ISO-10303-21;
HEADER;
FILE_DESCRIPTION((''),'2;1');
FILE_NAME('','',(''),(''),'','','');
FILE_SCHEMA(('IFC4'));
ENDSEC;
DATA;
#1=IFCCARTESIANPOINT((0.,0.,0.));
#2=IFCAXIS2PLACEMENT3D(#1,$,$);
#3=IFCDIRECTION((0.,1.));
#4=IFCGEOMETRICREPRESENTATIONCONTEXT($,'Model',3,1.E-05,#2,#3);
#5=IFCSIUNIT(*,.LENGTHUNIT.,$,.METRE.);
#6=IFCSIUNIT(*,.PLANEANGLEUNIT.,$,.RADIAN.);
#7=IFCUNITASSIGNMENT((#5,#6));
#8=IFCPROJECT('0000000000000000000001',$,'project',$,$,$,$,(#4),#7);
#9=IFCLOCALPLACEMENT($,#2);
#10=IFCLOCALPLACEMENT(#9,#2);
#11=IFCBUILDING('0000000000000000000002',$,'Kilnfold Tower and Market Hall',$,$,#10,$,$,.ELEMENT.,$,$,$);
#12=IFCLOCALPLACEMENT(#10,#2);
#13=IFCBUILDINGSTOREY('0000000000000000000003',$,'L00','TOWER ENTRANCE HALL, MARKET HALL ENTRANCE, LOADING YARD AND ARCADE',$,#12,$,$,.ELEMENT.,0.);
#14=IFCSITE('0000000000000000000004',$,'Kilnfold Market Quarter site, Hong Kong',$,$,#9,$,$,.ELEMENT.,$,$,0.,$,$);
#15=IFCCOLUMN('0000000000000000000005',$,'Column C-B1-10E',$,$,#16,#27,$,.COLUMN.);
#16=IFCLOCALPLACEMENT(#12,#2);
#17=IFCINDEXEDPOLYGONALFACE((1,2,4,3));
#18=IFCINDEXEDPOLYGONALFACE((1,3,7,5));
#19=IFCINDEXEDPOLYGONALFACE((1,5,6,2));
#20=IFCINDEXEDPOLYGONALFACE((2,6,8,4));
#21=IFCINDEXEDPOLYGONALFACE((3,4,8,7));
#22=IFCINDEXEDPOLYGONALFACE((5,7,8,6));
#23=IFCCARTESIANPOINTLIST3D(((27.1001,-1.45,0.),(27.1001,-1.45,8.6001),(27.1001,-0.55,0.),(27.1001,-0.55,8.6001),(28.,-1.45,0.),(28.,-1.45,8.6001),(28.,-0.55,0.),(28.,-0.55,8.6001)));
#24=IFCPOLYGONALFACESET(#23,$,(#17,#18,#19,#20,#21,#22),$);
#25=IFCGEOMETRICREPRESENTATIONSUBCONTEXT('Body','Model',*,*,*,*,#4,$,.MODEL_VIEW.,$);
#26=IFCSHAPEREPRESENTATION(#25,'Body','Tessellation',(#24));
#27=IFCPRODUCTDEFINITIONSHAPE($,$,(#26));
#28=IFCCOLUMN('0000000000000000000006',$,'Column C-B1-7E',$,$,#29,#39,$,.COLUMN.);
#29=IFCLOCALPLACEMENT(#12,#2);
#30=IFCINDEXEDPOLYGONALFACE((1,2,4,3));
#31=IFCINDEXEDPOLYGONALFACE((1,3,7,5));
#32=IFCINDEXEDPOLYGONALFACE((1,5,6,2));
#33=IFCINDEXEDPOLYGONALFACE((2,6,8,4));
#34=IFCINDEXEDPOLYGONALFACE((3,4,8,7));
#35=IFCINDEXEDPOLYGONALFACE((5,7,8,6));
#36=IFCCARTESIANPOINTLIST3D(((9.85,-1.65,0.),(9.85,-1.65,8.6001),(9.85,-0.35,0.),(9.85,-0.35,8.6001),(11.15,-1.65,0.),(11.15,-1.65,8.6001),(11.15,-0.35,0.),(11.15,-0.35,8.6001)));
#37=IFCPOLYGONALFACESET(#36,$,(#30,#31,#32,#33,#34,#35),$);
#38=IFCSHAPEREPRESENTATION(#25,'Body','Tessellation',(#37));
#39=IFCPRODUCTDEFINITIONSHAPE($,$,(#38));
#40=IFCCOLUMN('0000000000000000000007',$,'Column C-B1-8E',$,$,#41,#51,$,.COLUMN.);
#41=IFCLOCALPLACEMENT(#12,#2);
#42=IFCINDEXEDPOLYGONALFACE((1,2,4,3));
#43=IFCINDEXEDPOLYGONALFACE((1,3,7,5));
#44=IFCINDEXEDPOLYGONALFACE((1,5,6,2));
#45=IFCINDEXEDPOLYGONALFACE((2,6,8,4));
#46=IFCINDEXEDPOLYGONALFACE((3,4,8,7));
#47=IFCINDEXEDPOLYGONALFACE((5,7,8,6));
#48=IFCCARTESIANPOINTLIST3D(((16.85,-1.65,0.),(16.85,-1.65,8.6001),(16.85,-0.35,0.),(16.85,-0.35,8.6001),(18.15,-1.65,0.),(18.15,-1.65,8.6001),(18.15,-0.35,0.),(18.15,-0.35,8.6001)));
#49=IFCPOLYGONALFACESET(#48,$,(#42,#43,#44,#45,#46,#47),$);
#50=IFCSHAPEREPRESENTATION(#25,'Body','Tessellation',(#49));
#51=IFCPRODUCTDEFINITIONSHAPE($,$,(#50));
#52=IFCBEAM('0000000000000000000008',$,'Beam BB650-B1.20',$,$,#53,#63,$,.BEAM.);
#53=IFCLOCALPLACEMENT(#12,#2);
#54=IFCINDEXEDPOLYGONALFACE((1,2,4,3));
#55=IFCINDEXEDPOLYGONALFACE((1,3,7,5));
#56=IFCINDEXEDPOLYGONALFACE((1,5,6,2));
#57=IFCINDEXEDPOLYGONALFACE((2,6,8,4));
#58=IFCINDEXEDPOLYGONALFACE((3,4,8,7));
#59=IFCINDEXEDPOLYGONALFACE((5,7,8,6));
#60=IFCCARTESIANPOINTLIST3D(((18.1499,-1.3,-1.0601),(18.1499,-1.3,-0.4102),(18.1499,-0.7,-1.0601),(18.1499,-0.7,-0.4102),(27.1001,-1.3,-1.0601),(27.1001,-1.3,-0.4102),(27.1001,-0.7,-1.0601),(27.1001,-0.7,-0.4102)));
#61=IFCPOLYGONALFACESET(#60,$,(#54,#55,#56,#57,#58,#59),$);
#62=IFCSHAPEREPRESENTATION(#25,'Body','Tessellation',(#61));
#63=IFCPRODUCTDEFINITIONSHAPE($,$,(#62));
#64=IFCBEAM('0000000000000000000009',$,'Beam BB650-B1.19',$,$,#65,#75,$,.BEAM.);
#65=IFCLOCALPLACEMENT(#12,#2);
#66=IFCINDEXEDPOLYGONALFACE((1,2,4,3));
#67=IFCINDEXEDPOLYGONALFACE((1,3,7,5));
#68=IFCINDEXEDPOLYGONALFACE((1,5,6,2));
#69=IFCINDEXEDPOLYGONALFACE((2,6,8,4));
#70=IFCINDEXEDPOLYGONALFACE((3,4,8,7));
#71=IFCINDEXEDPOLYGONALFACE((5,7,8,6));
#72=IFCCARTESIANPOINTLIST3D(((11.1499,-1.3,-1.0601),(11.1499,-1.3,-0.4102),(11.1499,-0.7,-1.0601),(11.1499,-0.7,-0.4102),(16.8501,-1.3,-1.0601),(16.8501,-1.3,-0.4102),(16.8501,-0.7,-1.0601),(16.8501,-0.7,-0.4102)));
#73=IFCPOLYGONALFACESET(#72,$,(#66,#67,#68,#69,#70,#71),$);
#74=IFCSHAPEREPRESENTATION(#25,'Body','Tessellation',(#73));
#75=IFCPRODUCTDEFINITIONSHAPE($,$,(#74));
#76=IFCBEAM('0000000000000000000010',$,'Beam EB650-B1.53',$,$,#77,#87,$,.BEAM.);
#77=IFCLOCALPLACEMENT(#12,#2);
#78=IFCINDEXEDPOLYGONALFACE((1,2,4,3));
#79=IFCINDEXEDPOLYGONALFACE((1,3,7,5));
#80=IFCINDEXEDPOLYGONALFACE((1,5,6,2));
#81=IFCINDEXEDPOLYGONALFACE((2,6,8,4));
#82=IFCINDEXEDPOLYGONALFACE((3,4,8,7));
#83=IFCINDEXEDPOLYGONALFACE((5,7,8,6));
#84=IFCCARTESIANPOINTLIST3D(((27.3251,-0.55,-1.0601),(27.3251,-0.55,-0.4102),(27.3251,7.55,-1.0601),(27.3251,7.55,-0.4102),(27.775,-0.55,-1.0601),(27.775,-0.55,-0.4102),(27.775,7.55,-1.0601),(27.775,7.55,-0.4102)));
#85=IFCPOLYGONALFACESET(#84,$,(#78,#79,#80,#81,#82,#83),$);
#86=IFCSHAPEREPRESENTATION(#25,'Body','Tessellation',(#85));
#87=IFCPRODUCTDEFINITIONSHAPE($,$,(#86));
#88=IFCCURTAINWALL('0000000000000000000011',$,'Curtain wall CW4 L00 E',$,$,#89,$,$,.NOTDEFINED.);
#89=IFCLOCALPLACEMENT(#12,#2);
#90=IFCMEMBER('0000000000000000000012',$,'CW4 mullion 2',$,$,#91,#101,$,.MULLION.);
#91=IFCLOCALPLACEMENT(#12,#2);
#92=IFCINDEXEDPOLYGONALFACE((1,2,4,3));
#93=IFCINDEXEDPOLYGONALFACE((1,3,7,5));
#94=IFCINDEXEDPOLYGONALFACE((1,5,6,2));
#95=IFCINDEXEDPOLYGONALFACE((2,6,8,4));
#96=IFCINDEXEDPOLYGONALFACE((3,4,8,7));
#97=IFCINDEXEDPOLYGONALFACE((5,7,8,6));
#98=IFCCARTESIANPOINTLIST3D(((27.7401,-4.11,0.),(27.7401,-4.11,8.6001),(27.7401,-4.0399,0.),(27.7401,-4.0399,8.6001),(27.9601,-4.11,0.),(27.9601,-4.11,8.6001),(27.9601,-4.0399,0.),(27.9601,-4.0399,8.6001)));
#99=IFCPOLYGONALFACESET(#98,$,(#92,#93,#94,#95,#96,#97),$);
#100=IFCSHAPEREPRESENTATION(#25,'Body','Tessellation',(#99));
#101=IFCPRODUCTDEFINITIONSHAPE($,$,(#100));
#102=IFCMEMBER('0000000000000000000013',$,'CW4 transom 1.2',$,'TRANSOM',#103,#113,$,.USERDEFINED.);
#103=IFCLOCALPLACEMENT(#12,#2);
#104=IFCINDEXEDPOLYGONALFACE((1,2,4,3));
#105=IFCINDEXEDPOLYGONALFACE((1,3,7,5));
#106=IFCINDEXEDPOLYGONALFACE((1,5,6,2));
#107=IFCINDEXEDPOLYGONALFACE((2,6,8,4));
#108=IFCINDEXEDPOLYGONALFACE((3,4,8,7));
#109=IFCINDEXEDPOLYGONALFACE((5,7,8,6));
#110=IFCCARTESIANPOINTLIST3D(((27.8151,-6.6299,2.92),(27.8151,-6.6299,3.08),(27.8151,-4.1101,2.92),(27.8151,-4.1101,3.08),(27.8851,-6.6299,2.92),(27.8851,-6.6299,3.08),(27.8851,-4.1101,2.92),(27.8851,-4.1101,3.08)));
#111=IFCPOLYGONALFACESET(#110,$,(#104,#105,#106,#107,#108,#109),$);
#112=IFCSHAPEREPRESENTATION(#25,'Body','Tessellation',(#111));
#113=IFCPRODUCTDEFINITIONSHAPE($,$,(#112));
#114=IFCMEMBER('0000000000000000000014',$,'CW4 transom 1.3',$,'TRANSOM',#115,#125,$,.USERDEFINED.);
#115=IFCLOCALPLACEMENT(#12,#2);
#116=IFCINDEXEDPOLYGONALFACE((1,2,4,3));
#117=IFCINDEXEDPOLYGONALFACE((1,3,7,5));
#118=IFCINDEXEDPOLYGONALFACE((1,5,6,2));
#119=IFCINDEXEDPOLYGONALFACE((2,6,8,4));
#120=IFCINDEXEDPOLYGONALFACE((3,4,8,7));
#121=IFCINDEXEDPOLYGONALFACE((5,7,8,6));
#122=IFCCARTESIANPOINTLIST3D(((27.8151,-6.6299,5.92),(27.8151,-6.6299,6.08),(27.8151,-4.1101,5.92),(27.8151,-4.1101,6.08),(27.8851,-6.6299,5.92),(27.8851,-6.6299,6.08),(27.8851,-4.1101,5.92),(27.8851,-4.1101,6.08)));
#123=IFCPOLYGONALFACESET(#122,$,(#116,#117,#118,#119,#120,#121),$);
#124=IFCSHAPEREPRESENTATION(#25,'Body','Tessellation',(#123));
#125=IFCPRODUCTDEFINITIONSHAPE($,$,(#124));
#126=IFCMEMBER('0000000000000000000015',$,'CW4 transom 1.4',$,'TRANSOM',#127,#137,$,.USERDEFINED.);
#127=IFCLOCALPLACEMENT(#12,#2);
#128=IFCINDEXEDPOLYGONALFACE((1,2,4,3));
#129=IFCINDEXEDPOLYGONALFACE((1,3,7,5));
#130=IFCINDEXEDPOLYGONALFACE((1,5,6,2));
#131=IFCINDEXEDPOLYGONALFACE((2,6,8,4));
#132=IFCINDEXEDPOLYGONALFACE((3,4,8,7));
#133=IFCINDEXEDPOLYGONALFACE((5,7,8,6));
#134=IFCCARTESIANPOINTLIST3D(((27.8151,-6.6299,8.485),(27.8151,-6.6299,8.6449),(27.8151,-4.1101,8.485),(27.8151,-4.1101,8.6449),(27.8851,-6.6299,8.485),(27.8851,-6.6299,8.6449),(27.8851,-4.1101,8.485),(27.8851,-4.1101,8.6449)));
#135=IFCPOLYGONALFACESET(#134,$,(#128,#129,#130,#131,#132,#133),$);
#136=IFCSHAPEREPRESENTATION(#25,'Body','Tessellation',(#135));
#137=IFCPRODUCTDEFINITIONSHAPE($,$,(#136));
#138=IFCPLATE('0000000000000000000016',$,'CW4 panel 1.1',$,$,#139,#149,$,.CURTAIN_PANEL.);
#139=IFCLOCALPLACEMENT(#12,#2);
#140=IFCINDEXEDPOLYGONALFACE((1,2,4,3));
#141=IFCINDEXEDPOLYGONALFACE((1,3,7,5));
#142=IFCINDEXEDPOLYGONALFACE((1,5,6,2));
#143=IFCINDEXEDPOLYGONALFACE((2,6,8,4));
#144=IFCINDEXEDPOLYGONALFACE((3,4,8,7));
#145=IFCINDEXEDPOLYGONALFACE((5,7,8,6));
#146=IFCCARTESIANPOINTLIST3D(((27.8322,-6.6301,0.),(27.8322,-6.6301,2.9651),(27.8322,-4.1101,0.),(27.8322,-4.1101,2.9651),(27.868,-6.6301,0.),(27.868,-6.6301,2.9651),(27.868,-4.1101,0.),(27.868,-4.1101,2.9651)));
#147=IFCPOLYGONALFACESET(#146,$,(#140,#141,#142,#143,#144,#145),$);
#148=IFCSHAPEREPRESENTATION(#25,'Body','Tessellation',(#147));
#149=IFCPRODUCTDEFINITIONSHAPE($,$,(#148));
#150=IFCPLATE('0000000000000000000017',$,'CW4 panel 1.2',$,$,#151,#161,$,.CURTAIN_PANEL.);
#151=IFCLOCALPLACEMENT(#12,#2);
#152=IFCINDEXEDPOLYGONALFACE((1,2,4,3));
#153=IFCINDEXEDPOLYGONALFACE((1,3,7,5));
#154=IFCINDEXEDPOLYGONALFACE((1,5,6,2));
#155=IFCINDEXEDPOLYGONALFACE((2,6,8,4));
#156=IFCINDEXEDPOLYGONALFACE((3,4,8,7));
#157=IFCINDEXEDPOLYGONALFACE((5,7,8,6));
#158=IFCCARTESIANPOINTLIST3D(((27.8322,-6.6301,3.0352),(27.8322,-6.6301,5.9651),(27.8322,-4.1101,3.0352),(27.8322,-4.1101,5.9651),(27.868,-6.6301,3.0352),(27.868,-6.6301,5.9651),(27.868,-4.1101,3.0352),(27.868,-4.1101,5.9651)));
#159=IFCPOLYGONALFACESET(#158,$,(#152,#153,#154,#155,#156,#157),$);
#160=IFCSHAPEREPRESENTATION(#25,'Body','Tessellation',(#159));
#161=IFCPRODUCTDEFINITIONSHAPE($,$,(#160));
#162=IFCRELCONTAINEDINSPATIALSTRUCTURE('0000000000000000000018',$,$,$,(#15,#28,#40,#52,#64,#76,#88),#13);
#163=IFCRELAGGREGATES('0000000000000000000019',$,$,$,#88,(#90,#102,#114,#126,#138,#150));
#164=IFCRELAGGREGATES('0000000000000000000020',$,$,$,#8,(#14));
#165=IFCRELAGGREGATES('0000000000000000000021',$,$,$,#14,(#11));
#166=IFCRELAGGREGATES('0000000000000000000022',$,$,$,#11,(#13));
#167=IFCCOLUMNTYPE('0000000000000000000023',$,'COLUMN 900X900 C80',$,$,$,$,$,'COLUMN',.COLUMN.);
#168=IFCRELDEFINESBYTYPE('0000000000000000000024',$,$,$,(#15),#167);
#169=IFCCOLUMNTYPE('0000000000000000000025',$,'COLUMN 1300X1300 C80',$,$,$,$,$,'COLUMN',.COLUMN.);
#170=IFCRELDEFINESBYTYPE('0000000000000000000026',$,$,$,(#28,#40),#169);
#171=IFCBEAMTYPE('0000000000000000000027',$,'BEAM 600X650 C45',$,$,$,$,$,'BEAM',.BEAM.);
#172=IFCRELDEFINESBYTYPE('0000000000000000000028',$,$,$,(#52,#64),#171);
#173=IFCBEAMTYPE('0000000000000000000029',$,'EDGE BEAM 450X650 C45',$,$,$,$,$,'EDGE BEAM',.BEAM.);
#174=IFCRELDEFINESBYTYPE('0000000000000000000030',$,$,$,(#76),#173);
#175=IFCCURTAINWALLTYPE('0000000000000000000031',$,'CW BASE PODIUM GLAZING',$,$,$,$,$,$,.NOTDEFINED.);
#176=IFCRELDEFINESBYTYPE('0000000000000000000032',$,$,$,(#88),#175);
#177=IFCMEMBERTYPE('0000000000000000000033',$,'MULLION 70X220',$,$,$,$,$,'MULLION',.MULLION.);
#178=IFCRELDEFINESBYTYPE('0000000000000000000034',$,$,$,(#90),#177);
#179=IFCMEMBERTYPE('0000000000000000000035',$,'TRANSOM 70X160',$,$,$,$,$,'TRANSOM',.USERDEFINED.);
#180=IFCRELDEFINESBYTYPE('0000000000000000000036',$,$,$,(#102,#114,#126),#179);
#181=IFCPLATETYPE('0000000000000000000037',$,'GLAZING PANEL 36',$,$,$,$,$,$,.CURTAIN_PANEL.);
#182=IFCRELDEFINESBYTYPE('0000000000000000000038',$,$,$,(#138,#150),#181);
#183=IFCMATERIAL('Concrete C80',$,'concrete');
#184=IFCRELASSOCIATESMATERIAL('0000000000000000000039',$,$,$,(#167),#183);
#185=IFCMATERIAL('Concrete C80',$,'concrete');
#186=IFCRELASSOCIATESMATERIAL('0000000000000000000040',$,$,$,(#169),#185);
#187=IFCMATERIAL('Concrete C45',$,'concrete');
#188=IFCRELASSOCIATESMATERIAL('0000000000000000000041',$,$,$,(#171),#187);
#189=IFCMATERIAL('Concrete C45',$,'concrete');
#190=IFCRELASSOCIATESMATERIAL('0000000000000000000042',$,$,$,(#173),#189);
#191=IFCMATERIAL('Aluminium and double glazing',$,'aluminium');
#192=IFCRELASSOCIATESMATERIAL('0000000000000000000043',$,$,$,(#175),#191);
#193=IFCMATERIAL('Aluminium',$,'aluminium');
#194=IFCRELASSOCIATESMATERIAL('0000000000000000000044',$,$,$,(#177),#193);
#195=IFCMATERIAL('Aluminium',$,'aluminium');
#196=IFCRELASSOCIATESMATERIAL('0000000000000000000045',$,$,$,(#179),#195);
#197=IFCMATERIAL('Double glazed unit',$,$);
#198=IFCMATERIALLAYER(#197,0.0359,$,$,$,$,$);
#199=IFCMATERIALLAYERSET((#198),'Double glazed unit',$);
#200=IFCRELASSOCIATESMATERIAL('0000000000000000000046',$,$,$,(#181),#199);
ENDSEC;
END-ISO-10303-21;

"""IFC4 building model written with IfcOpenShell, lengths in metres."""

from ifc_helpers import new_model, si_unit, direction, frame, origin, origin_2d, place, context, subcontext, project, spatial, rectangle, extrude, source, transform, mapped, material, layer, layer_set, material_profile, profile_set, type_object, element, aggregate, save


model = new_model("IFC4")

# Units and contexts
model_context = context("Model", 3, precision=1e-05, world=origin(), true_north=direction((0.0, 1.0)))
body_context = subcontext(model_context, "Body", "Model", "MODEL_VIEW")
ifc_project = project(units=[si_unit("LENGTHUNIT", "METRE"), si_unit("PLANEANGLEUNIT", "RADIAN")], contexts=[model_context])

# Site, building, storey
site_placement = place(None, origin())
site = spatial("IfcSite", under=ifc_project, at=site_placement, Name="Kilnfold Market Quarter site, Hong Kong", CompositionType="ELEMENT", RefElevation=0.0)
building_placement = place(site_placement, origin())
building = spatial("IfcBuilding", under=site, at=building_placement, Name="Kilnfold Tower and Market Hall", CompositionType="ELEMENT")
storey_placement = place(building_placement, origin())
storey = spatial("IfcBuildingStorey", under=building, at=storey_placement, Name="L00", Description="TOWER ENTRANCE HALL, MARKET HALL ENTRANCE, LOADING YARD AND ARCADE", CompositionType="ELEMENT", Elevation=0.0)

# Columns
ifc_material_1 = material(Name="Concrete C80", Category="concrete")
ifc_material_profile_1 = material_profile(ifc_material_1, rectangle(XDim=0.8999, YDim=0.8999, at=origin_2d()), Name="RC 900x900")
ifc_profile_set_1 = profile_set([ifc_material_profile_1], Name="Concrete C80")
column_type_1 = type_object("IfcColumnType", Name="COLUMN 900X900 C80", ElementType="COLUMN", PredefinedType="COLUMN", material=ifc_profile_set_1)
shared_shape_1 = source(origin(), body_context, "Body", "SweptSolid", [
    extrude(rectangle(XDim=0.8999, YDim=0.8999, at=origin_2d()), origin(), (0.0, 0.0, 1.0), 8.6001),
])
column_placement = place(storey_placement, frame((27.55, -1.0, 0.0), z_axis=(0.0, 0.0, 1.0), x_axis=(1.0, 0.0, 0.0)))
element("IfcColumn", 1, at=column_placement, inside=storey, type_object=column_type_1, Name="Column C-B1-10E", PredefinedType="COLUMN", context=body_context, shape_type="MappedRepresentation", body=[
    mapped(shared_shape_1, transform((0.0, 0.0, 0.0))),
])
ifc_material_2 = material(Name="Concrete C80", Category="concrete")
ifc_material_profile_2 = material_profile(ifc_material_2, rectangle(XDim=1.3, YDim=1.3, at=origin_2d()), Name="RC 1300x1300")
ifc_profile_set_2 = profile_set([ifc_material_profile_2], Name="Concrete C80")
column_type_2 = type_object("IfcColumnType", Name="COLUMN 1300X1300 C80", ElementType="COLUMN", PredefinedType="COLUMN", material=ifc_profile_set_2)
shared_shape_2 = source(origin(), body_context, "Body", "SweptSolid", [
    extrude(rectangle(XDim=1.3, YDim=1.3, at=origin_2d()), origin(), (0.0, 0.0, 1.0), 8.6001),
])
for number, where, z_axis, x_axis, name in (
    (2, (10.5, -1.0, 0.0), (0.0, 0.0, 1.0), (1.0, 0.0, 0.0), "Column C-B1-7E"),
    (3, (17.5, -1.0, 0.0), (0.0, 0.0, 1.0), (1.0, 0.0, 0.0), "Column C-B1-8E"),
):
    element("IfcColumn", number, at=place(storey_placement, frame(where, z_axis=z_axis, x_axis=x_axis)), inside=storey, type_object=column_type_2, Name=name, PredefinedType="COLUMN", context=body_context, shape_type="MappedRepresentation", body=[
        mapped(shared_shape_2, transform((0.0, 0.0, 0.0))),
    ])

# Beams
ifc_material_3 = material(Name="Concrete C45", Category="concrete")
ifc_material_profile_3 = material_profile(ifc_material_3, rectangle(XDim=0.6001, YDim=0.6499, at=origin_2d()), Name="RC 600x650")
ifc_profile_set_3 = profile_set([ifc_material_profile_3], Name="Concrete C45")
beam_type_1 = type_object("IfcBeamType", Name="BEAM 600X650 C45", ElementType="BEAM", PredefinedType="BEAM", material=ifc_profile_set_3)
shared_shape_3 = source(origin(), body_context, "Body", "SweptSolid", [
    extrude(rectangle(XDim=0.6001, YDim=0.6499, at=origin_2d()), origin(), (0.0, 0.0, 1.0), 8.9502),
])
beam_1_placement = place(storey_placement, frame((18.1499, -1.0, -0.7351), z_axis=(1.0, 0.0, 0.0), x_axis=(0.0, 1.0, 0.0)))
element("IfcBeam", 4, at=beam_1_placement, inside=storey, type_object=beam_type_1, Name="Beam BB650-B1.20", PredefinedType="BEAM", context=body_context, shape_type="MappedRepresentation", body=[
    mapped(shared_shape_3, transform((0.0, 0.0, 0.0))),
])
shared_shape_4 = source(origin(), body_context, "Body", "SweptSolid", [
    extrude(rectangle(XDim=0.6001, YDim=0.6499, at=origin_2d()), origin(), (0.0, 0.0, 1.0), 5.7002),
])
beam_2_placement = place(storey_placement, frame((11.1499, -1.0, -0.7351), z_axis=(1.0, 0.0, 0.0), x_axis=(0.0, 1.0, 0.0)))
element("IfcBeam", 5, at=beam_2_placement, inside=storey, type_object=beam_type_1, Name="Beam BB650-B1.19", PredefinedType="BEAM", context=body_context, shape_type="MappedRepresentation", body=[
    mapped(shared_shape_4, transform((0.0, 0.0, 0.0))),
])
ifc_material_4 = material(Name="Concrete C45", Category="concrete")
ifc_material_profile_4 = material_profile(ifc_material_4, rectangle(XDim=0.45, YDim=0.6499, at=origin_2d()), Name="RC 450x650")
ifc_profile_set_4 = profile_set([ifc_material_profile_4], Name="Concrete C45")
beam_type_2 = type_object("IfcBeamType", Name="EDGE BEAM 450X650 C45", ElementType="EDGE BEAM", PredefinedType="BEAM", material=ifc_profile_set_4)
shared_shape_5 = source(origin(), body_context, "Body", "SweptSolid", [
    extrude(rectangle(XDim=0.45, YDim=0.6499, at=origin_2d()), origin(), (0.0, 0.0, 1.0), 8.1001),
])
beam_3_placement = place(storey_placement, frame((27.55, -0.55, -0.7351), z_axis=(0.0, 1.0, 0.0), x_axis=(-1.0, 0.0, 0.0)))
element("IfcBeam", 6, at=beam_3_placement, inside=storey, type_object=beam_type_2, Name="Beam EB650-B1.53", PredefinedType="BEAM", context=body_context, shape_type="MappedRepresentation", body=[
    mapped(shared_shape_5, transform((0.0, 0.0, 0.0))),
])

# Curtain wall, members, plates
ifc_material_5 = material(Name="Aluminium and double glazing", Category="aluminium")
curtain_wall_type = type_object("IfcCurtainWallType", Name="CW BASE PODIUM GLAZING", PredefinedType="NOTDEFINED", material=ifc_material_5)
curtain_wall_placement = place(storey_placement, origin())
curtain_wall = element("IfcCurtainWall", 7, at=curtain_wall_placement, inside=storey, type_object=curtain_wall_type, Name="Curtain wall CW4 L00 E", PredefinedType="NOTDEFINED")
ifc_material_6 = material(Name="Aluminium", Category="aluminium")
ifc_material_profile_5 = material_profile(ifc_material_6, rectangle(XDim=0.0701, YDim=0.22, at=origin_2d()), Name="MULLION 70x220")
ifc_profile_set_5 = profile_set([ifc_material_profile_5], Name="Aluminium")
member_type_1 = type_object("IfcMemberType", Name="MULLION 70X220", ElementType="MULLION", PredefinedType="MULLION", material=ifc_profile_set_5)
shared_shape_6 = source(origin(), body_context, "Body", "SweptSolid", [
    extrude(rectangle(XDim=0.0701, YDim=0.22, at=origin_2d()), origin(), (0.0, 0.0, 1.0), 8.6001),
])
member_1_placement = place(storey_placement, frame((27.8501, -4.075, 0.0), z_axis=(0.0, 0.0, 1.0), x_axis=(0.0, 1.0, 0.0)))
member_1 = element("IfcMember", 8, at=member_1_placement, type_object=member_type_1, Name="CW4 mullion 2", PredefinedType="MULLION", context=body_context, shape_type="MappedRepresentation", body=[
    mapped(shared_shape_6, transform((0.0, 0.0, 0.0))),
])
ifc_material_7 = material(Name="Aluminium", Category="aluminium")
ifc_material_profile_6 = material_profile(ifc_material_7, rectangle(XDim=0.0701, YDim=0.1599, at=origin_2d()), Name="TRANSOM 70x160")
ifc_profile_set_6 = profile_set([ifc_material_profile_6], Name="Aluminium")
member_type_2 = type_object("IfcMemberType", Name="TRANSOM 70X160", ElementType="TRANSOM", PredefinedType="USERDEFINED", material=ifc_profile_set_6)
shared_shape_7 = source(origin(), body_context, "Body", "SweptSolid", [
    extrude(rectangle(XDim=0.0701, YDim=0.1599, at=origin_2d()), origin(), (0.0, 0.0, 1.0), 2.5198),
])
member_2_placement = place(storey_placement, frame((27.8501, -6.6299, 3.0), z_axis=(0.0, 1.0, 0.0), x_axis=(-1.0, 0.0, 0.0)))
member_2 = element("IfcMember", 9, at=member_2_placement, type_object=member_type_2, Name="CW4 transom 1.2", ObjectType="TRANSOM", PredefinedType="USERDEFINED", context=body_context, shape_type="MappedRepresentation", body=[
    mapped(shared_shape_7, transform((0.0, 0.0, 0.0))),
])
member_3_placement = place(storey_placement, frame((27.8501, -6.6299, 6.0), z_axis=(0.0, 1.0, 0.0), x_axis=(-1.0, 0.0, 0.0)))
member_3 = element("IfcMember", 10, at=member_3_placement, type_object=member_type_2, Name="CW4 transom 1.3", ObjectType="TRANSOM", PredefinedType="USERDEFINED", context=body_context, shape_type="MappedRepresentation", body=[
    mapped(shared_shape_7, transform((0.0, 0.0, 0.0))),
])
member_4_placement = place(storey_placement, frame((27.8501, -6.6299, 8.5649), z_axis=(0.0, 1.0, 0.0), x_axis=(-1.0, 0.0, 0.0)))
member_4 = element("IfcMember", 11, at=member_4_placement, type_object=member_type_2, Name="CW4 transom 1.4", ObjectType="TRANSOM", PredefinedType="USERDEFINED", context=body_context, shape_type="MappedRepresentation", body=[
    mapped(shared_shape_7, transform((0.0, 0.0, 0.0))),
])
ifc_material_8 = material(Name="Double glazed unit")
ifc_layer_1 = layer(ifc_material_8, 0.0359)
ifc_layer_set_1 = layer_set([ifc_layer_1], Name="Double glazed unit")
plate_type = type_object("IfcPlateType", Name="GLAZING PANEL 36", PredefinedType="CURTAIN_PANEL", material=ifc_layer_set_1)
shared_shape_8 = source(origin(), body_context, "Body", "SweptSolid", [
    extrude(rectangle(XDim=2.52, YDim=0.0359, at=origin_2d()), origin(), (0.0, 0.0, 1.0), 2.9651),
])
plate_1_placement = place(storey_placement, frame((27.8501, -5.3701, 0.0), z_axis=(0.0, 0.0, 1.0), x_axis=(0.0, 1.0, 0.0)))
plate_1 = element("IfcPlate", 12, at=plate_1_placement, type_object=plate_type, Name="CW4 panel 1.1", PredefinedType="CURTAIN_PANEL", context=body_context, shape_type="MappedRepresentation", body=[
    mapped(shared_shape_8, transform((0.0, 0.0, 0.0))),
])
shared_shape_9 = source(origin(), body_context, "Body", "SweptSolid", [
    extrude(rectangle(XDim=2.52, YDim=0.0359, at=origin_2d()), origin(), (0.0, 0.0, 1.0), 2.9299),
])
plate_2_placement = place(storey_placement, frame((27.8501, -5.3701, 3.0352), z_axis=(0.0, 0.0, 1.0), x_axis=(0.0, 1.0, 0.0)))
plate_2 = element("IfcPlate", 13, at=plate_2_placement, type_object=plate_type, Name="CW4 panel 1.2", PredefinedType="CURTAIN_PANEL", context=body_context, shape_type="MappedRepresentation", body=[
    mapped(shared_shape_9, transform((0.0, 0.0, 0.0))),
])
aggregate(curtain_wall, [member_1, member_2, member_3, member_4, plate_1, plate_2])

save(model, "model.ifc")
